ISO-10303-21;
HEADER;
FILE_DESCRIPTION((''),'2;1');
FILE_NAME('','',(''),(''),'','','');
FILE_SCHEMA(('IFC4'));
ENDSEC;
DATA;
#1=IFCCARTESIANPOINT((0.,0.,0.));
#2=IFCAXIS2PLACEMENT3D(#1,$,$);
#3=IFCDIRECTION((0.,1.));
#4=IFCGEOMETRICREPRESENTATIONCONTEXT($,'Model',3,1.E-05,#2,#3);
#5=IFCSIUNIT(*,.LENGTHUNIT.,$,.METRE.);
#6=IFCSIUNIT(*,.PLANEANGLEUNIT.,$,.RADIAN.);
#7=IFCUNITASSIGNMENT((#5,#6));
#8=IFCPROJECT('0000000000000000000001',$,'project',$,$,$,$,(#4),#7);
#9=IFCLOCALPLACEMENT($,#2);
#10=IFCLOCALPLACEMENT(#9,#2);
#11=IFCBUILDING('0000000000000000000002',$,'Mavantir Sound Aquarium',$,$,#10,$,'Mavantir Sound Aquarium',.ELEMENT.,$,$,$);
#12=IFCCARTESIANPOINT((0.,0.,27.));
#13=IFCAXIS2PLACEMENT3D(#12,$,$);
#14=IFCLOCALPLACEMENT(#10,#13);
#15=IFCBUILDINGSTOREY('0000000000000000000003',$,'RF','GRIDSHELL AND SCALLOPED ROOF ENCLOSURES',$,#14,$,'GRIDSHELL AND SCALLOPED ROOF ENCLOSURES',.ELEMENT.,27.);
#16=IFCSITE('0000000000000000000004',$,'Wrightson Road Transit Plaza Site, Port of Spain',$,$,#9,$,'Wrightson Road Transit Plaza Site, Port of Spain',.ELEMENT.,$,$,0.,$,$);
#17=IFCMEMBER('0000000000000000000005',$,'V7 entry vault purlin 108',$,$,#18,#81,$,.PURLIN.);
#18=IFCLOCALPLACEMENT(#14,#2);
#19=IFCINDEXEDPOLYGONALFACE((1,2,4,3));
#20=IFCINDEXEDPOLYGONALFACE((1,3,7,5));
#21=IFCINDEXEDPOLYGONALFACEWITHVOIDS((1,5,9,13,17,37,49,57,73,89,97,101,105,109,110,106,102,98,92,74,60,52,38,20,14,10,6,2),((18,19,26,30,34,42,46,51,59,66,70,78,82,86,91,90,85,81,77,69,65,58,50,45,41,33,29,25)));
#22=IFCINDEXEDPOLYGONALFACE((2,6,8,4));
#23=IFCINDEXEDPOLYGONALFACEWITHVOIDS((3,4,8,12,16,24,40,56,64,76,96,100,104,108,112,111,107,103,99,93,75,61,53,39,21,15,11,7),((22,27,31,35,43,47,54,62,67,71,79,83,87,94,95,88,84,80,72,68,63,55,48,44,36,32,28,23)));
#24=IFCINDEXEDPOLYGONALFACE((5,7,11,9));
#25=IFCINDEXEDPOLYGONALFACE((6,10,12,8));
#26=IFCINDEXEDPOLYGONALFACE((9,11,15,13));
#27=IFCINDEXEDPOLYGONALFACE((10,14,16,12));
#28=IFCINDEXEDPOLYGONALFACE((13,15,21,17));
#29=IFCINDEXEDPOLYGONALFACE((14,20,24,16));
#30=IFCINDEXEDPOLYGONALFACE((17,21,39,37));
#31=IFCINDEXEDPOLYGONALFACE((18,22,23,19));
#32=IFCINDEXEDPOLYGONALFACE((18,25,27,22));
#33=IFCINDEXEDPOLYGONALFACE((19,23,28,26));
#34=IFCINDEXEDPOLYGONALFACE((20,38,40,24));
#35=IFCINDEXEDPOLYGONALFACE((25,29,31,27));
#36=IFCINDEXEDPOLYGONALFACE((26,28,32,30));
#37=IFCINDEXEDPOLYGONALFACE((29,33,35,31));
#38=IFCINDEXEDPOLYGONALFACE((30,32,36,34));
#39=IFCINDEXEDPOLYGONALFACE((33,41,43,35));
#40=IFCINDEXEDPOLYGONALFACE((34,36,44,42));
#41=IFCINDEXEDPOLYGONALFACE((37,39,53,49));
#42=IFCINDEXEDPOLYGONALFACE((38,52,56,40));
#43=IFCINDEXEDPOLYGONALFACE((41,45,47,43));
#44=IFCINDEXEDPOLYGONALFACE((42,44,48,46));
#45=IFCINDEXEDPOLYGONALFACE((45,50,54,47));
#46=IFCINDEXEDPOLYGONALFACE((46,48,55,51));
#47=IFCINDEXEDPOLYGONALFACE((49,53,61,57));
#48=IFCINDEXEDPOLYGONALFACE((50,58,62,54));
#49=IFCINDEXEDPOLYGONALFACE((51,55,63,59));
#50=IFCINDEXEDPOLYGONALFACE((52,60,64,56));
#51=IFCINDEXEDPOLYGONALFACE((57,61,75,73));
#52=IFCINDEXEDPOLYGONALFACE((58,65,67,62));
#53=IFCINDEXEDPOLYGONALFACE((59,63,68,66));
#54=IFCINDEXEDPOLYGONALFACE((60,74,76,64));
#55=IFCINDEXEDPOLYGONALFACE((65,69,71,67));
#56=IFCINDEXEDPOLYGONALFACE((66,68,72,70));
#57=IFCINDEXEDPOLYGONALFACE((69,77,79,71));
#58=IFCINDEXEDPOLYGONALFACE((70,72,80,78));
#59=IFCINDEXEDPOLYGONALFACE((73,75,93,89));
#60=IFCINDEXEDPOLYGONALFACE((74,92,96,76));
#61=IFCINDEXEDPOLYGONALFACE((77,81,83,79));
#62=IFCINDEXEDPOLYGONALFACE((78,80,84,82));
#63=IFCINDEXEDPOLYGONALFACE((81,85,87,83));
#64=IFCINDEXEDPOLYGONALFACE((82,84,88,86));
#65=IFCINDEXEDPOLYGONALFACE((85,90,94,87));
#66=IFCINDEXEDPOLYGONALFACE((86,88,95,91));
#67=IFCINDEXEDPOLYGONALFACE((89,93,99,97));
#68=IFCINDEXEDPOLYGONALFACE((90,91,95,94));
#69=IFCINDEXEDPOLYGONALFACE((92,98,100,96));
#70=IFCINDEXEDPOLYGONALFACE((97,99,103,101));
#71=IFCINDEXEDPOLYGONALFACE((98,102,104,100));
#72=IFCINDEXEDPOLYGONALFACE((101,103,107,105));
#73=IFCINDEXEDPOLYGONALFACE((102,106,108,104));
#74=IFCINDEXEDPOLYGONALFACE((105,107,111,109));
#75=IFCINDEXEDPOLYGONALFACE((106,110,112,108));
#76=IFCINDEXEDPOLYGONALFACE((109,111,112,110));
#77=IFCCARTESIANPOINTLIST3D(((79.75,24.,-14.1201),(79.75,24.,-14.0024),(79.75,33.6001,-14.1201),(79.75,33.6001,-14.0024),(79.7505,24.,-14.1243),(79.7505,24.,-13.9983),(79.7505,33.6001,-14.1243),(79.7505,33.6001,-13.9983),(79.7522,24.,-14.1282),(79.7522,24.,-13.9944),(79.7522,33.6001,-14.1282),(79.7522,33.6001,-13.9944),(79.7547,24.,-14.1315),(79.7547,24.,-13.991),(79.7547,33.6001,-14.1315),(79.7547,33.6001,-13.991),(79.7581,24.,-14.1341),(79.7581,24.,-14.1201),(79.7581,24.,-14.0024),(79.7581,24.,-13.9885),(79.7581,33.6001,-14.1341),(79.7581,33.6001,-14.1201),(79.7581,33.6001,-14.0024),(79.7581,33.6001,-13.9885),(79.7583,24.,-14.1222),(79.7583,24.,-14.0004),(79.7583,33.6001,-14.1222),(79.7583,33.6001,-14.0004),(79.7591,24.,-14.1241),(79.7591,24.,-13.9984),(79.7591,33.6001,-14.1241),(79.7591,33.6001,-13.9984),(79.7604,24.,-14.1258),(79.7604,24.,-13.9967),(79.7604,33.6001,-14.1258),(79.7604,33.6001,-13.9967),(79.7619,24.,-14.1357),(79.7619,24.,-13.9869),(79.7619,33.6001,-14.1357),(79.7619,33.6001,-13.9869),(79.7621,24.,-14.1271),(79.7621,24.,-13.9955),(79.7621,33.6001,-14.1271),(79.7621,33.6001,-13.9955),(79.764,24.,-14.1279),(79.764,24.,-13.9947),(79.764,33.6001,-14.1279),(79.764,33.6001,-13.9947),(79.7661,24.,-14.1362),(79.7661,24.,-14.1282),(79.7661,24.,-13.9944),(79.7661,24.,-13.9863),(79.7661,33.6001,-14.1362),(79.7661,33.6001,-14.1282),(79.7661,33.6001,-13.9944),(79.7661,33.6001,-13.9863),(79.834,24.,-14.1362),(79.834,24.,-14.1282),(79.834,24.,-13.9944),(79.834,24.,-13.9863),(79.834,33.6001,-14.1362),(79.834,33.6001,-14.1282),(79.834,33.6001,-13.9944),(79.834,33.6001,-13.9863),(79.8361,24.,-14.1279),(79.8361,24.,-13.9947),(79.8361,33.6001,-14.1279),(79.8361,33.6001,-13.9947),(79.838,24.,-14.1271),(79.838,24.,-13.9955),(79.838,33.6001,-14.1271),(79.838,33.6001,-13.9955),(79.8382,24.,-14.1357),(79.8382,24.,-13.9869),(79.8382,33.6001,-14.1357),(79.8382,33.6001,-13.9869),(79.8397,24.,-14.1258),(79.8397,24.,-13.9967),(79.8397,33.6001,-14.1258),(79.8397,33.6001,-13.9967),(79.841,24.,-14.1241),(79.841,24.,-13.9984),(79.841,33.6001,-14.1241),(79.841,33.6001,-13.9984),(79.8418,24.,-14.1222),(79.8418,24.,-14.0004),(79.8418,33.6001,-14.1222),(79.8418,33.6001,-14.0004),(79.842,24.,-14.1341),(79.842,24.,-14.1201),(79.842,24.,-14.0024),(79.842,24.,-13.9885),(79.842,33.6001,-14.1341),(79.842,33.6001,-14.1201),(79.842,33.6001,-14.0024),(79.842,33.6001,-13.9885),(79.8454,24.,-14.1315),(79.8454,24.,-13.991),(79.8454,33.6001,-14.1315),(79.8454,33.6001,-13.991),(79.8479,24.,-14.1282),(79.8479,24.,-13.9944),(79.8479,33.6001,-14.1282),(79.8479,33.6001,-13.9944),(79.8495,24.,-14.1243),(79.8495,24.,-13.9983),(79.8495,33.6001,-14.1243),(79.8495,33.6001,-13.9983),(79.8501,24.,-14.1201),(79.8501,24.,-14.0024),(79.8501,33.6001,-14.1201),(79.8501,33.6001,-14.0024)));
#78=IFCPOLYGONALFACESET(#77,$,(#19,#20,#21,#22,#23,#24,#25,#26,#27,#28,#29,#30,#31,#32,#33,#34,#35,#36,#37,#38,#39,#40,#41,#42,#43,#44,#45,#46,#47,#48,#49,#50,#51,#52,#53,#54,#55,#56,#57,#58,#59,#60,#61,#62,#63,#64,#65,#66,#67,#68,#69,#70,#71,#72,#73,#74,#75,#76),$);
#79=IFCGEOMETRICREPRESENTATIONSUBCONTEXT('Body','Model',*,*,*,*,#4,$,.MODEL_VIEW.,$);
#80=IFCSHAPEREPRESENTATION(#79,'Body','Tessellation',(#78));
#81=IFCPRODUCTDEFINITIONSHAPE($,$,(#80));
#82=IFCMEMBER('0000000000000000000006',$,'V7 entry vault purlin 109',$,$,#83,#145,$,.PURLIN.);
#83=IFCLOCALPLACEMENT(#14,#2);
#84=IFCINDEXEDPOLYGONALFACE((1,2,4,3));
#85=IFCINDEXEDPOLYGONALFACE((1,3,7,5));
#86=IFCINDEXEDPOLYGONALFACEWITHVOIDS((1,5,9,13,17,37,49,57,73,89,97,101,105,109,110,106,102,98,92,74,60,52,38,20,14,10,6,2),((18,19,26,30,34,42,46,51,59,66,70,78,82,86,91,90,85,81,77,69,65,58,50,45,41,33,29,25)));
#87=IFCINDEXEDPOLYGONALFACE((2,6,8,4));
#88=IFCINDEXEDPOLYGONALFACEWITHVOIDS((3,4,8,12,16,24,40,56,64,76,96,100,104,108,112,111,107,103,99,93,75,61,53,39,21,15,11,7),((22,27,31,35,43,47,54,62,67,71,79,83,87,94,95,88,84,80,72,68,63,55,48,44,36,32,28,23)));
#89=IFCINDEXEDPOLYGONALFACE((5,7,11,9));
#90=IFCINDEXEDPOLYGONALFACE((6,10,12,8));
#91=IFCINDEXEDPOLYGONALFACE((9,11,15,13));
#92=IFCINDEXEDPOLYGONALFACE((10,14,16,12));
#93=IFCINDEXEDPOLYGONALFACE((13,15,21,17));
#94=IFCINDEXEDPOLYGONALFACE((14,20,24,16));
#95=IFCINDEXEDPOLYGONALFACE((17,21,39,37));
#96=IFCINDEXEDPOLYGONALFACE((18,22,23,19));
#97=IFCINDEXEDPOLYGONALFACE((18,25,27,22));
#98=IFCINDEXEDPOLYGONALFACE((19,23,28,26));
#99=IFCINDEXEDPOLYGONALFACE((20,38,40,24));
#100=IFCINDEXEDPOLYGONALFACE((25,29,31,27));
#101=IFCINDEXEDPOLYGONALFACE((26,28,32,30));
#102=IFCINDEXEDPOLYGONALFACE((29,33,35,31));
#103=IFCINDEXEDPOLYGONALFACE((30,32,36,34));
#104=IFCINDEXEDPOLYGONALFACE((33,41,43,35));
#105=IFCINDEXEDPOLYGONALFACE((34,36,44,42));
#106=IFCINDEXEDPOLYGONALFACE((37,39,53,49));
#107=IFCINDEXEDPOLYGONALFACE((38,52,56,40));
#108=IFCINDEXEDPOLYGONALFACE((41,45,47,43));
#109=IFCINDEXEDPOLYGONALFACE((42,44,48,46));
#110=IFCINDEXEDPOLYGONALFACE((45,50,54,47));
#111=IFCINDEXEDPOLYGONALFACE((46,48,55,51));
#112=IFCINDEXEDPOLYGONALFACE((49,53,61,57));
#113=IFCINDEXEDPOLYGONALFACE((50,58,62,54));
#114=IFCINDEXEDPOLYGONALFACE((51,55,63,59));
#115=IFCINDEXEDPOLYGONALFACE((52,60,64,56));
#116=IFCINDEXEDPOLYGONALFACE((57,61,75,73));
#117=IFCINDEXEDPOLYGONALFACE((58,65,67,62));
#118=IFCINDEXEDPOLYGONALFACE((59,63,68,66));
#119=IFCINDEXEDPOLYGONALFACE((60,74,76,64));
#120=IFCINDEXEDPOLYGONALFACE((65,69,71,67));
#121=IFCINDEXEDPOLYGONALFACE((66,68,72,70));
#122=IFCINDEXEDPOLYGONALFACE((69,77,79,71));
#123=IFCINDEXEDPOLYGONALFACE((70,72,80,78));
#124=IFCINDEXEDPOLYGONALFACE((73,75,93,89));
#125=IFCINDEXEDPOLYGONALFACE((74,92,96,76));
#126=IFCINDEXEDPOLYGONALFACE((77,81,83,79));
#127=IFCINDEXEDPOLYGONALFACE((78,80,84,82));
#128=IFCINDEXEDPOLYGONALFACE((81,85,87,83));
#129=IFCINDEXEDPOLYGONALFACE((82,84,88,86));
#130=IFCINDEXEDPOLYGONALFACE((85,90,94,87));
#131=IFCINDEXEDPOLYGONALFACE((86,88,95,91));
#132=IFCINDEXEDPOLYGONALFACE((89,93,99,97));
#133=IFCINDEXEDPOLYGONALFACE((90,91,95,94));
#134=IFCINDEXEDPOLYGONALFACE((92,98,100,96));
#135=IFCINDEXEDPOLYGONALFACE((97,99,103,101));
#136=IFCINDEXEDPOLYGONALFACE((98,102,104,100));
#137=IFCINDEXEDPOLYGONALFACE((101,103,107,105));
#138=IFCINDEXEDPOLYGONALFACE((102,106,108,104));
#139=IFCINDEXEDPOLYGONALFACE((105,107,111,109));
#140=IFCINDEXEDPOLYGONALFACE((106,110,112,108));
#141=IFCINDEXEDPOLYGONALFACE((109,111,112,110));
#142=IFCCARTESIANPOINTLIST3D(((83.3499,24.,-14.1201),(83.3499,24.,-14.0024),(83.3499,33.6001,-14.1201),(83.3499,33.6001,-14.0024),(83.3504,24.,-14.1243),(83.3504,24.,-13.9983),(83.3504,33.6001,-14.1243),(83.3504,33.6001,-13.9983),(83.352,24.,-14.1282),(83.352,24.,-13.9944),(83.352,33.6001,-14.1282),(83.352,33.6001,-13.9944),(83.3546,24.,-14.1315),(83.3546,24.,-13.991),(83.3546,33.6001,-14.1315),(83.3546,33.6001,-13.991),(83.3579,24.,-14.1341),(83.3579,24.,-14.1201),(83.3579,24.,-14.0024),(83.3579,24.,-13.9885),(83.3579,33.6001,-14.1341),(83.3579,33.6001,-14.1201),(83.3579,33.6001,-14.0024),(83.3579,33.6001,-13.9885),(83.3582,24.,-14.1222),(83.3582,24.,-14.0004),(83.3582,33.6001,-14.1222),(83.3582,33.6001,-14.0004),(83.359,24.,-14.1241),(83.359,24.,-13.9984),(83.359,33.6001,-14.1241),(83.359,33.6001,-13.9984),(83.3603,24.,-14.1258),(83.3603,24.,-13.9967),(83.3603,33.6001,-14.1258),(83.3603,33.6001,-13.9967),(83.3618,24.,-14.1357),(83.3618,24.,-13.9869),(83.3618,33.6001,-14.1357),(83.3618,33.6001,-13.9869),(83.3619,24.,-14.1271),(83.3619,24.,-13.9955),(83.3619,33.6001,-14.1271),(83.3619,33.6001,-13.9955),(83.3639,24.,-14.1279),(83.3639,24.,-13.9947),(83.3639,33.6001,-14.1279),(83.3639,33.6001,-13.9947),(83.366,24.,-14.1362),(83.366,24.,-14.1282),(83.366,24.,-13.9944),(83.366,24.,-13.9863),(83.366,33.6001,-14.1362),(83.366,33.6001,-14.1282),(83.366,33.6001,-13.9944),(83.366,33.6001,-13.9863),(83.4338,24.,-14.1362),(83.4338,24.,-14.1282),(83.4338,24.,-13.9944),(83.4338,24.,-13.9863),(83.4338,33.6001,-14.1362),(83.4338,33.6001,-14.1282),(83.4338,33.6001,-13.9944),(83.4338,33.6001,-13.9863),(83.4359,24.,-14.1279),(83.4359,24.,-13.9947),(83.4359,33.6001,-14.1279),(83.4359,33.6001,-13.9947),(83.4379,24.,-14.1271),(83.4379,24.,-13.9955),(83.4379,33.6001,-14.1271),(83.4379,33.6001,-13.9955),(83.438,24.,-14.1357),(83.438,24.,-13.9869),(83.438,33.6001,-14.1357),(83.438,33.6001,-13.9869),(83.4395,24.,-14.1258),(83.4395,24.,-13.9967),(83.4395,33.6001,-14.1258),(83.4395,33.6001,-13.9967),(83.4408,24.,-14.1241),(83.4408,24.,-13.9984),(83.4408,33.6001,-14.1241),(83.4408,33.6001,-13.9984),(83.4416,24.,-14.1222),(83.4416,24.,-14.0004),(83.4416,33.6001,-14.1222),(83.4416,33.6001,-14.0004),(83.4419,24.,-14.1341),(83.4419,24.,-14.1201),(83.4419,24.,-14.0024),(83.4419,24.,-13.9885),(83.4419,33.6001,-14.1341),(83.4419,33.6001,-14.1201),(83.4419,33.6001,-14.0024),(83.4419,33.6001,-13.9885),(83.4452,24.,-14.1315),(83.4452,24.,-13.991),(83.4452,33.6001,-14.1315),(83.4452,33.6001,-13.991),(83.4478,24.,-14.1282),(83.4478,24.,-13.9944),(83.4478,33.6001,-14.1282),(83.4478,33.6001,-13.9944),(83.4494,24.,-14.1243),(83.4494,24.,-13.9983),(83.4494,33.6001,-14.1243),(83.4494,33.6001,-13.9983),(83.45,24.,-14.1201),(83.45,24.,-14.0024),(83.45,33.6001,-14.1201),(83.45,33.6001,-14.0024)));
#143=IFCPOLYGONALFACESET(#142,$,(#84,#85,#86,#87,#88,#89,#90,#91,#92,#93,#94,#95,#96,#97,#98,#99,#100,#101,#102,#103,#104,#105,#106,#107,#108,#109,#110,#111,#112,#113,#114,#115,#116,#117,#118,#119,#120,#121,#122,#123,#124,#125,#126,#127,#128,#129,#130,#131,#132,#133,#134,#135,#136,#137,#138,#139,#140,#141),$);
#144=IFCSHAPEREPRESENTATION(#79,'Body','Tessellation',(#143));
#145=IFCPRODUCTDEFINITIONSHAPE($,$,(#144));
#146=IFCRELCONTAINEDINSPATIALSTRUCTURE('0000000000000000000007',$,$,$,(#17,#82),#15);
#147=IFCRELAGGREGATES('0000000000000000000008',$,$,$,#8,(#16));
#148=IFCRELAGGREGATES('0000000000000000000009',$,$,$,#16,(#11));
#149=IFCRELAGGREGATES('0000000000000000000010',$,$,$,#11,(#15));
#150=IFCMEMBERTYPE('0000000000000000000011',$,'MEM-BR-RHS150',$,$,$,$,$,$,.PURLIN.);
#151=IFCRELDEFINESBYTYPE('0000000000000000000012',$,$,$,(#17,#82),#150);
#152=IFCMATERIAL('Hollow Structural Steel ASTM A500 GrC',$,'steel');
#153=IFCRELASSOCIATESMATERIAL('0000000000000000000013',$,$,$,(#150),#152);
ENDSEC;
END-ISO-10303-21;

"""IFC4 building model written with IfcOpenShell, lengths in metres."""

from ifc_helpers import new_model, si_unit, direction, frame, origin, origin_2d, place, context, subcontext, project, spatial, hollow_rectangle, extrude, material, material_profile, profile_set, type_object, element, save


model = new_model("IFC4")

# Units and contexts
model_context = context("Model", 3, precision=1e-05, world=origin(), true_north=direction((0.0, 1.0)))
body_context = subcontext(model_context, "Body", "Model", "MODEL_VIEW")
ifc_project = project(units=[si_unit("LENGTHUNIT", "METRE"), si_unit("PLANEANGLEUNIT", "RADIAN")], contexts=[model_context])

# Site, building, storey
site_placement = place(None, origin())
site = spatial("IfcSite", under=ifc_project, at=site_placement, Name="Wrightson Road Transit Plaza Site, Port of Spain", LongName="Wrightson Road Transit Plaza Site, Port of Spain", CompositionType="ELEMENT", RefElevation=0.0)
building_placement = place(site_placement, origin())
building = spatial("IfcBuilding", under=site, at=building_placement, Name="Mavantir Sound Aquarium", LongName="Mavantir Sound Aquarium", CompositionType="ELEMENT")
storey_placement = place(building_placement, frame((0.0, 0.0, 27.0)))
storey = spatial("IfcBuildingStorey", under=building, at=storey_placement, Name="RF", Description="GRIDSHELL AND SCALLOPED ROOF ENCLOSURES", LongName="GRIDSHELL AND SCALLOPED ROOF ENCLOSURES", CompositionType="ELEMENT", Elevation=27.0)

# Shared definitions
ifc_material_1 = material(Name="Hollow Structural Steel ASTM A500 GrC", Category="steel")

# Members
ifc_material_profile_1 = material_profile(ifc_material_1, hollow_rectangle(XDim=0.1001, YDim=0.1499, WallThickness=0.0081, InnerFilletRadius=0.0081, OuterFilletRadius=0.0161, at=origin_2d()), Name="RHS 150X100X8")
ifc_profile_set_1 = profile_set([ifc_material_profile_1], Name="Hollow Structural Steel ASTM A500 GrC")
member_type_1 = type_object("IfcMemberType", Name="MEM-BR-RHS150", PredefinedType="PURLIN", material=ifc_profile_set_1)
for number, where, z_axis, x_axis, name in (
    (1, (79.8, 24.0, -14.0613), (0.0, 1.0, 0.0), (-1.0, 0.0, 0.0), "V7 entry vault purlin 108"),
    (2, (83.3999, 24.0, -14.0613), (0.0, 1.0, 0.0), (-1.0, 0.0, 0.0), "V7 entry vault purlin 109"),
):
    element("IfcMember", number, at=place(storey_placement, frame(where, z_axis=z_axis, x_axis=x_axis)), inside=storey, type_object=member_type_1, Name=name, PredefinedType="PURLIN", context=body_context, shape_type="SweptSolid", body=[
        extrude(hollow_rectangle(XDim=0.1001, YDim=0.1499, WallThickness=0.0081, InnerFilletRadius=0.0081, OuterFilletRadius=0.0161, at=origin_2d()), origin(), (0.0, 0.0, 1.0), 9.6001),
    ])

save(model, "model.ifc")
